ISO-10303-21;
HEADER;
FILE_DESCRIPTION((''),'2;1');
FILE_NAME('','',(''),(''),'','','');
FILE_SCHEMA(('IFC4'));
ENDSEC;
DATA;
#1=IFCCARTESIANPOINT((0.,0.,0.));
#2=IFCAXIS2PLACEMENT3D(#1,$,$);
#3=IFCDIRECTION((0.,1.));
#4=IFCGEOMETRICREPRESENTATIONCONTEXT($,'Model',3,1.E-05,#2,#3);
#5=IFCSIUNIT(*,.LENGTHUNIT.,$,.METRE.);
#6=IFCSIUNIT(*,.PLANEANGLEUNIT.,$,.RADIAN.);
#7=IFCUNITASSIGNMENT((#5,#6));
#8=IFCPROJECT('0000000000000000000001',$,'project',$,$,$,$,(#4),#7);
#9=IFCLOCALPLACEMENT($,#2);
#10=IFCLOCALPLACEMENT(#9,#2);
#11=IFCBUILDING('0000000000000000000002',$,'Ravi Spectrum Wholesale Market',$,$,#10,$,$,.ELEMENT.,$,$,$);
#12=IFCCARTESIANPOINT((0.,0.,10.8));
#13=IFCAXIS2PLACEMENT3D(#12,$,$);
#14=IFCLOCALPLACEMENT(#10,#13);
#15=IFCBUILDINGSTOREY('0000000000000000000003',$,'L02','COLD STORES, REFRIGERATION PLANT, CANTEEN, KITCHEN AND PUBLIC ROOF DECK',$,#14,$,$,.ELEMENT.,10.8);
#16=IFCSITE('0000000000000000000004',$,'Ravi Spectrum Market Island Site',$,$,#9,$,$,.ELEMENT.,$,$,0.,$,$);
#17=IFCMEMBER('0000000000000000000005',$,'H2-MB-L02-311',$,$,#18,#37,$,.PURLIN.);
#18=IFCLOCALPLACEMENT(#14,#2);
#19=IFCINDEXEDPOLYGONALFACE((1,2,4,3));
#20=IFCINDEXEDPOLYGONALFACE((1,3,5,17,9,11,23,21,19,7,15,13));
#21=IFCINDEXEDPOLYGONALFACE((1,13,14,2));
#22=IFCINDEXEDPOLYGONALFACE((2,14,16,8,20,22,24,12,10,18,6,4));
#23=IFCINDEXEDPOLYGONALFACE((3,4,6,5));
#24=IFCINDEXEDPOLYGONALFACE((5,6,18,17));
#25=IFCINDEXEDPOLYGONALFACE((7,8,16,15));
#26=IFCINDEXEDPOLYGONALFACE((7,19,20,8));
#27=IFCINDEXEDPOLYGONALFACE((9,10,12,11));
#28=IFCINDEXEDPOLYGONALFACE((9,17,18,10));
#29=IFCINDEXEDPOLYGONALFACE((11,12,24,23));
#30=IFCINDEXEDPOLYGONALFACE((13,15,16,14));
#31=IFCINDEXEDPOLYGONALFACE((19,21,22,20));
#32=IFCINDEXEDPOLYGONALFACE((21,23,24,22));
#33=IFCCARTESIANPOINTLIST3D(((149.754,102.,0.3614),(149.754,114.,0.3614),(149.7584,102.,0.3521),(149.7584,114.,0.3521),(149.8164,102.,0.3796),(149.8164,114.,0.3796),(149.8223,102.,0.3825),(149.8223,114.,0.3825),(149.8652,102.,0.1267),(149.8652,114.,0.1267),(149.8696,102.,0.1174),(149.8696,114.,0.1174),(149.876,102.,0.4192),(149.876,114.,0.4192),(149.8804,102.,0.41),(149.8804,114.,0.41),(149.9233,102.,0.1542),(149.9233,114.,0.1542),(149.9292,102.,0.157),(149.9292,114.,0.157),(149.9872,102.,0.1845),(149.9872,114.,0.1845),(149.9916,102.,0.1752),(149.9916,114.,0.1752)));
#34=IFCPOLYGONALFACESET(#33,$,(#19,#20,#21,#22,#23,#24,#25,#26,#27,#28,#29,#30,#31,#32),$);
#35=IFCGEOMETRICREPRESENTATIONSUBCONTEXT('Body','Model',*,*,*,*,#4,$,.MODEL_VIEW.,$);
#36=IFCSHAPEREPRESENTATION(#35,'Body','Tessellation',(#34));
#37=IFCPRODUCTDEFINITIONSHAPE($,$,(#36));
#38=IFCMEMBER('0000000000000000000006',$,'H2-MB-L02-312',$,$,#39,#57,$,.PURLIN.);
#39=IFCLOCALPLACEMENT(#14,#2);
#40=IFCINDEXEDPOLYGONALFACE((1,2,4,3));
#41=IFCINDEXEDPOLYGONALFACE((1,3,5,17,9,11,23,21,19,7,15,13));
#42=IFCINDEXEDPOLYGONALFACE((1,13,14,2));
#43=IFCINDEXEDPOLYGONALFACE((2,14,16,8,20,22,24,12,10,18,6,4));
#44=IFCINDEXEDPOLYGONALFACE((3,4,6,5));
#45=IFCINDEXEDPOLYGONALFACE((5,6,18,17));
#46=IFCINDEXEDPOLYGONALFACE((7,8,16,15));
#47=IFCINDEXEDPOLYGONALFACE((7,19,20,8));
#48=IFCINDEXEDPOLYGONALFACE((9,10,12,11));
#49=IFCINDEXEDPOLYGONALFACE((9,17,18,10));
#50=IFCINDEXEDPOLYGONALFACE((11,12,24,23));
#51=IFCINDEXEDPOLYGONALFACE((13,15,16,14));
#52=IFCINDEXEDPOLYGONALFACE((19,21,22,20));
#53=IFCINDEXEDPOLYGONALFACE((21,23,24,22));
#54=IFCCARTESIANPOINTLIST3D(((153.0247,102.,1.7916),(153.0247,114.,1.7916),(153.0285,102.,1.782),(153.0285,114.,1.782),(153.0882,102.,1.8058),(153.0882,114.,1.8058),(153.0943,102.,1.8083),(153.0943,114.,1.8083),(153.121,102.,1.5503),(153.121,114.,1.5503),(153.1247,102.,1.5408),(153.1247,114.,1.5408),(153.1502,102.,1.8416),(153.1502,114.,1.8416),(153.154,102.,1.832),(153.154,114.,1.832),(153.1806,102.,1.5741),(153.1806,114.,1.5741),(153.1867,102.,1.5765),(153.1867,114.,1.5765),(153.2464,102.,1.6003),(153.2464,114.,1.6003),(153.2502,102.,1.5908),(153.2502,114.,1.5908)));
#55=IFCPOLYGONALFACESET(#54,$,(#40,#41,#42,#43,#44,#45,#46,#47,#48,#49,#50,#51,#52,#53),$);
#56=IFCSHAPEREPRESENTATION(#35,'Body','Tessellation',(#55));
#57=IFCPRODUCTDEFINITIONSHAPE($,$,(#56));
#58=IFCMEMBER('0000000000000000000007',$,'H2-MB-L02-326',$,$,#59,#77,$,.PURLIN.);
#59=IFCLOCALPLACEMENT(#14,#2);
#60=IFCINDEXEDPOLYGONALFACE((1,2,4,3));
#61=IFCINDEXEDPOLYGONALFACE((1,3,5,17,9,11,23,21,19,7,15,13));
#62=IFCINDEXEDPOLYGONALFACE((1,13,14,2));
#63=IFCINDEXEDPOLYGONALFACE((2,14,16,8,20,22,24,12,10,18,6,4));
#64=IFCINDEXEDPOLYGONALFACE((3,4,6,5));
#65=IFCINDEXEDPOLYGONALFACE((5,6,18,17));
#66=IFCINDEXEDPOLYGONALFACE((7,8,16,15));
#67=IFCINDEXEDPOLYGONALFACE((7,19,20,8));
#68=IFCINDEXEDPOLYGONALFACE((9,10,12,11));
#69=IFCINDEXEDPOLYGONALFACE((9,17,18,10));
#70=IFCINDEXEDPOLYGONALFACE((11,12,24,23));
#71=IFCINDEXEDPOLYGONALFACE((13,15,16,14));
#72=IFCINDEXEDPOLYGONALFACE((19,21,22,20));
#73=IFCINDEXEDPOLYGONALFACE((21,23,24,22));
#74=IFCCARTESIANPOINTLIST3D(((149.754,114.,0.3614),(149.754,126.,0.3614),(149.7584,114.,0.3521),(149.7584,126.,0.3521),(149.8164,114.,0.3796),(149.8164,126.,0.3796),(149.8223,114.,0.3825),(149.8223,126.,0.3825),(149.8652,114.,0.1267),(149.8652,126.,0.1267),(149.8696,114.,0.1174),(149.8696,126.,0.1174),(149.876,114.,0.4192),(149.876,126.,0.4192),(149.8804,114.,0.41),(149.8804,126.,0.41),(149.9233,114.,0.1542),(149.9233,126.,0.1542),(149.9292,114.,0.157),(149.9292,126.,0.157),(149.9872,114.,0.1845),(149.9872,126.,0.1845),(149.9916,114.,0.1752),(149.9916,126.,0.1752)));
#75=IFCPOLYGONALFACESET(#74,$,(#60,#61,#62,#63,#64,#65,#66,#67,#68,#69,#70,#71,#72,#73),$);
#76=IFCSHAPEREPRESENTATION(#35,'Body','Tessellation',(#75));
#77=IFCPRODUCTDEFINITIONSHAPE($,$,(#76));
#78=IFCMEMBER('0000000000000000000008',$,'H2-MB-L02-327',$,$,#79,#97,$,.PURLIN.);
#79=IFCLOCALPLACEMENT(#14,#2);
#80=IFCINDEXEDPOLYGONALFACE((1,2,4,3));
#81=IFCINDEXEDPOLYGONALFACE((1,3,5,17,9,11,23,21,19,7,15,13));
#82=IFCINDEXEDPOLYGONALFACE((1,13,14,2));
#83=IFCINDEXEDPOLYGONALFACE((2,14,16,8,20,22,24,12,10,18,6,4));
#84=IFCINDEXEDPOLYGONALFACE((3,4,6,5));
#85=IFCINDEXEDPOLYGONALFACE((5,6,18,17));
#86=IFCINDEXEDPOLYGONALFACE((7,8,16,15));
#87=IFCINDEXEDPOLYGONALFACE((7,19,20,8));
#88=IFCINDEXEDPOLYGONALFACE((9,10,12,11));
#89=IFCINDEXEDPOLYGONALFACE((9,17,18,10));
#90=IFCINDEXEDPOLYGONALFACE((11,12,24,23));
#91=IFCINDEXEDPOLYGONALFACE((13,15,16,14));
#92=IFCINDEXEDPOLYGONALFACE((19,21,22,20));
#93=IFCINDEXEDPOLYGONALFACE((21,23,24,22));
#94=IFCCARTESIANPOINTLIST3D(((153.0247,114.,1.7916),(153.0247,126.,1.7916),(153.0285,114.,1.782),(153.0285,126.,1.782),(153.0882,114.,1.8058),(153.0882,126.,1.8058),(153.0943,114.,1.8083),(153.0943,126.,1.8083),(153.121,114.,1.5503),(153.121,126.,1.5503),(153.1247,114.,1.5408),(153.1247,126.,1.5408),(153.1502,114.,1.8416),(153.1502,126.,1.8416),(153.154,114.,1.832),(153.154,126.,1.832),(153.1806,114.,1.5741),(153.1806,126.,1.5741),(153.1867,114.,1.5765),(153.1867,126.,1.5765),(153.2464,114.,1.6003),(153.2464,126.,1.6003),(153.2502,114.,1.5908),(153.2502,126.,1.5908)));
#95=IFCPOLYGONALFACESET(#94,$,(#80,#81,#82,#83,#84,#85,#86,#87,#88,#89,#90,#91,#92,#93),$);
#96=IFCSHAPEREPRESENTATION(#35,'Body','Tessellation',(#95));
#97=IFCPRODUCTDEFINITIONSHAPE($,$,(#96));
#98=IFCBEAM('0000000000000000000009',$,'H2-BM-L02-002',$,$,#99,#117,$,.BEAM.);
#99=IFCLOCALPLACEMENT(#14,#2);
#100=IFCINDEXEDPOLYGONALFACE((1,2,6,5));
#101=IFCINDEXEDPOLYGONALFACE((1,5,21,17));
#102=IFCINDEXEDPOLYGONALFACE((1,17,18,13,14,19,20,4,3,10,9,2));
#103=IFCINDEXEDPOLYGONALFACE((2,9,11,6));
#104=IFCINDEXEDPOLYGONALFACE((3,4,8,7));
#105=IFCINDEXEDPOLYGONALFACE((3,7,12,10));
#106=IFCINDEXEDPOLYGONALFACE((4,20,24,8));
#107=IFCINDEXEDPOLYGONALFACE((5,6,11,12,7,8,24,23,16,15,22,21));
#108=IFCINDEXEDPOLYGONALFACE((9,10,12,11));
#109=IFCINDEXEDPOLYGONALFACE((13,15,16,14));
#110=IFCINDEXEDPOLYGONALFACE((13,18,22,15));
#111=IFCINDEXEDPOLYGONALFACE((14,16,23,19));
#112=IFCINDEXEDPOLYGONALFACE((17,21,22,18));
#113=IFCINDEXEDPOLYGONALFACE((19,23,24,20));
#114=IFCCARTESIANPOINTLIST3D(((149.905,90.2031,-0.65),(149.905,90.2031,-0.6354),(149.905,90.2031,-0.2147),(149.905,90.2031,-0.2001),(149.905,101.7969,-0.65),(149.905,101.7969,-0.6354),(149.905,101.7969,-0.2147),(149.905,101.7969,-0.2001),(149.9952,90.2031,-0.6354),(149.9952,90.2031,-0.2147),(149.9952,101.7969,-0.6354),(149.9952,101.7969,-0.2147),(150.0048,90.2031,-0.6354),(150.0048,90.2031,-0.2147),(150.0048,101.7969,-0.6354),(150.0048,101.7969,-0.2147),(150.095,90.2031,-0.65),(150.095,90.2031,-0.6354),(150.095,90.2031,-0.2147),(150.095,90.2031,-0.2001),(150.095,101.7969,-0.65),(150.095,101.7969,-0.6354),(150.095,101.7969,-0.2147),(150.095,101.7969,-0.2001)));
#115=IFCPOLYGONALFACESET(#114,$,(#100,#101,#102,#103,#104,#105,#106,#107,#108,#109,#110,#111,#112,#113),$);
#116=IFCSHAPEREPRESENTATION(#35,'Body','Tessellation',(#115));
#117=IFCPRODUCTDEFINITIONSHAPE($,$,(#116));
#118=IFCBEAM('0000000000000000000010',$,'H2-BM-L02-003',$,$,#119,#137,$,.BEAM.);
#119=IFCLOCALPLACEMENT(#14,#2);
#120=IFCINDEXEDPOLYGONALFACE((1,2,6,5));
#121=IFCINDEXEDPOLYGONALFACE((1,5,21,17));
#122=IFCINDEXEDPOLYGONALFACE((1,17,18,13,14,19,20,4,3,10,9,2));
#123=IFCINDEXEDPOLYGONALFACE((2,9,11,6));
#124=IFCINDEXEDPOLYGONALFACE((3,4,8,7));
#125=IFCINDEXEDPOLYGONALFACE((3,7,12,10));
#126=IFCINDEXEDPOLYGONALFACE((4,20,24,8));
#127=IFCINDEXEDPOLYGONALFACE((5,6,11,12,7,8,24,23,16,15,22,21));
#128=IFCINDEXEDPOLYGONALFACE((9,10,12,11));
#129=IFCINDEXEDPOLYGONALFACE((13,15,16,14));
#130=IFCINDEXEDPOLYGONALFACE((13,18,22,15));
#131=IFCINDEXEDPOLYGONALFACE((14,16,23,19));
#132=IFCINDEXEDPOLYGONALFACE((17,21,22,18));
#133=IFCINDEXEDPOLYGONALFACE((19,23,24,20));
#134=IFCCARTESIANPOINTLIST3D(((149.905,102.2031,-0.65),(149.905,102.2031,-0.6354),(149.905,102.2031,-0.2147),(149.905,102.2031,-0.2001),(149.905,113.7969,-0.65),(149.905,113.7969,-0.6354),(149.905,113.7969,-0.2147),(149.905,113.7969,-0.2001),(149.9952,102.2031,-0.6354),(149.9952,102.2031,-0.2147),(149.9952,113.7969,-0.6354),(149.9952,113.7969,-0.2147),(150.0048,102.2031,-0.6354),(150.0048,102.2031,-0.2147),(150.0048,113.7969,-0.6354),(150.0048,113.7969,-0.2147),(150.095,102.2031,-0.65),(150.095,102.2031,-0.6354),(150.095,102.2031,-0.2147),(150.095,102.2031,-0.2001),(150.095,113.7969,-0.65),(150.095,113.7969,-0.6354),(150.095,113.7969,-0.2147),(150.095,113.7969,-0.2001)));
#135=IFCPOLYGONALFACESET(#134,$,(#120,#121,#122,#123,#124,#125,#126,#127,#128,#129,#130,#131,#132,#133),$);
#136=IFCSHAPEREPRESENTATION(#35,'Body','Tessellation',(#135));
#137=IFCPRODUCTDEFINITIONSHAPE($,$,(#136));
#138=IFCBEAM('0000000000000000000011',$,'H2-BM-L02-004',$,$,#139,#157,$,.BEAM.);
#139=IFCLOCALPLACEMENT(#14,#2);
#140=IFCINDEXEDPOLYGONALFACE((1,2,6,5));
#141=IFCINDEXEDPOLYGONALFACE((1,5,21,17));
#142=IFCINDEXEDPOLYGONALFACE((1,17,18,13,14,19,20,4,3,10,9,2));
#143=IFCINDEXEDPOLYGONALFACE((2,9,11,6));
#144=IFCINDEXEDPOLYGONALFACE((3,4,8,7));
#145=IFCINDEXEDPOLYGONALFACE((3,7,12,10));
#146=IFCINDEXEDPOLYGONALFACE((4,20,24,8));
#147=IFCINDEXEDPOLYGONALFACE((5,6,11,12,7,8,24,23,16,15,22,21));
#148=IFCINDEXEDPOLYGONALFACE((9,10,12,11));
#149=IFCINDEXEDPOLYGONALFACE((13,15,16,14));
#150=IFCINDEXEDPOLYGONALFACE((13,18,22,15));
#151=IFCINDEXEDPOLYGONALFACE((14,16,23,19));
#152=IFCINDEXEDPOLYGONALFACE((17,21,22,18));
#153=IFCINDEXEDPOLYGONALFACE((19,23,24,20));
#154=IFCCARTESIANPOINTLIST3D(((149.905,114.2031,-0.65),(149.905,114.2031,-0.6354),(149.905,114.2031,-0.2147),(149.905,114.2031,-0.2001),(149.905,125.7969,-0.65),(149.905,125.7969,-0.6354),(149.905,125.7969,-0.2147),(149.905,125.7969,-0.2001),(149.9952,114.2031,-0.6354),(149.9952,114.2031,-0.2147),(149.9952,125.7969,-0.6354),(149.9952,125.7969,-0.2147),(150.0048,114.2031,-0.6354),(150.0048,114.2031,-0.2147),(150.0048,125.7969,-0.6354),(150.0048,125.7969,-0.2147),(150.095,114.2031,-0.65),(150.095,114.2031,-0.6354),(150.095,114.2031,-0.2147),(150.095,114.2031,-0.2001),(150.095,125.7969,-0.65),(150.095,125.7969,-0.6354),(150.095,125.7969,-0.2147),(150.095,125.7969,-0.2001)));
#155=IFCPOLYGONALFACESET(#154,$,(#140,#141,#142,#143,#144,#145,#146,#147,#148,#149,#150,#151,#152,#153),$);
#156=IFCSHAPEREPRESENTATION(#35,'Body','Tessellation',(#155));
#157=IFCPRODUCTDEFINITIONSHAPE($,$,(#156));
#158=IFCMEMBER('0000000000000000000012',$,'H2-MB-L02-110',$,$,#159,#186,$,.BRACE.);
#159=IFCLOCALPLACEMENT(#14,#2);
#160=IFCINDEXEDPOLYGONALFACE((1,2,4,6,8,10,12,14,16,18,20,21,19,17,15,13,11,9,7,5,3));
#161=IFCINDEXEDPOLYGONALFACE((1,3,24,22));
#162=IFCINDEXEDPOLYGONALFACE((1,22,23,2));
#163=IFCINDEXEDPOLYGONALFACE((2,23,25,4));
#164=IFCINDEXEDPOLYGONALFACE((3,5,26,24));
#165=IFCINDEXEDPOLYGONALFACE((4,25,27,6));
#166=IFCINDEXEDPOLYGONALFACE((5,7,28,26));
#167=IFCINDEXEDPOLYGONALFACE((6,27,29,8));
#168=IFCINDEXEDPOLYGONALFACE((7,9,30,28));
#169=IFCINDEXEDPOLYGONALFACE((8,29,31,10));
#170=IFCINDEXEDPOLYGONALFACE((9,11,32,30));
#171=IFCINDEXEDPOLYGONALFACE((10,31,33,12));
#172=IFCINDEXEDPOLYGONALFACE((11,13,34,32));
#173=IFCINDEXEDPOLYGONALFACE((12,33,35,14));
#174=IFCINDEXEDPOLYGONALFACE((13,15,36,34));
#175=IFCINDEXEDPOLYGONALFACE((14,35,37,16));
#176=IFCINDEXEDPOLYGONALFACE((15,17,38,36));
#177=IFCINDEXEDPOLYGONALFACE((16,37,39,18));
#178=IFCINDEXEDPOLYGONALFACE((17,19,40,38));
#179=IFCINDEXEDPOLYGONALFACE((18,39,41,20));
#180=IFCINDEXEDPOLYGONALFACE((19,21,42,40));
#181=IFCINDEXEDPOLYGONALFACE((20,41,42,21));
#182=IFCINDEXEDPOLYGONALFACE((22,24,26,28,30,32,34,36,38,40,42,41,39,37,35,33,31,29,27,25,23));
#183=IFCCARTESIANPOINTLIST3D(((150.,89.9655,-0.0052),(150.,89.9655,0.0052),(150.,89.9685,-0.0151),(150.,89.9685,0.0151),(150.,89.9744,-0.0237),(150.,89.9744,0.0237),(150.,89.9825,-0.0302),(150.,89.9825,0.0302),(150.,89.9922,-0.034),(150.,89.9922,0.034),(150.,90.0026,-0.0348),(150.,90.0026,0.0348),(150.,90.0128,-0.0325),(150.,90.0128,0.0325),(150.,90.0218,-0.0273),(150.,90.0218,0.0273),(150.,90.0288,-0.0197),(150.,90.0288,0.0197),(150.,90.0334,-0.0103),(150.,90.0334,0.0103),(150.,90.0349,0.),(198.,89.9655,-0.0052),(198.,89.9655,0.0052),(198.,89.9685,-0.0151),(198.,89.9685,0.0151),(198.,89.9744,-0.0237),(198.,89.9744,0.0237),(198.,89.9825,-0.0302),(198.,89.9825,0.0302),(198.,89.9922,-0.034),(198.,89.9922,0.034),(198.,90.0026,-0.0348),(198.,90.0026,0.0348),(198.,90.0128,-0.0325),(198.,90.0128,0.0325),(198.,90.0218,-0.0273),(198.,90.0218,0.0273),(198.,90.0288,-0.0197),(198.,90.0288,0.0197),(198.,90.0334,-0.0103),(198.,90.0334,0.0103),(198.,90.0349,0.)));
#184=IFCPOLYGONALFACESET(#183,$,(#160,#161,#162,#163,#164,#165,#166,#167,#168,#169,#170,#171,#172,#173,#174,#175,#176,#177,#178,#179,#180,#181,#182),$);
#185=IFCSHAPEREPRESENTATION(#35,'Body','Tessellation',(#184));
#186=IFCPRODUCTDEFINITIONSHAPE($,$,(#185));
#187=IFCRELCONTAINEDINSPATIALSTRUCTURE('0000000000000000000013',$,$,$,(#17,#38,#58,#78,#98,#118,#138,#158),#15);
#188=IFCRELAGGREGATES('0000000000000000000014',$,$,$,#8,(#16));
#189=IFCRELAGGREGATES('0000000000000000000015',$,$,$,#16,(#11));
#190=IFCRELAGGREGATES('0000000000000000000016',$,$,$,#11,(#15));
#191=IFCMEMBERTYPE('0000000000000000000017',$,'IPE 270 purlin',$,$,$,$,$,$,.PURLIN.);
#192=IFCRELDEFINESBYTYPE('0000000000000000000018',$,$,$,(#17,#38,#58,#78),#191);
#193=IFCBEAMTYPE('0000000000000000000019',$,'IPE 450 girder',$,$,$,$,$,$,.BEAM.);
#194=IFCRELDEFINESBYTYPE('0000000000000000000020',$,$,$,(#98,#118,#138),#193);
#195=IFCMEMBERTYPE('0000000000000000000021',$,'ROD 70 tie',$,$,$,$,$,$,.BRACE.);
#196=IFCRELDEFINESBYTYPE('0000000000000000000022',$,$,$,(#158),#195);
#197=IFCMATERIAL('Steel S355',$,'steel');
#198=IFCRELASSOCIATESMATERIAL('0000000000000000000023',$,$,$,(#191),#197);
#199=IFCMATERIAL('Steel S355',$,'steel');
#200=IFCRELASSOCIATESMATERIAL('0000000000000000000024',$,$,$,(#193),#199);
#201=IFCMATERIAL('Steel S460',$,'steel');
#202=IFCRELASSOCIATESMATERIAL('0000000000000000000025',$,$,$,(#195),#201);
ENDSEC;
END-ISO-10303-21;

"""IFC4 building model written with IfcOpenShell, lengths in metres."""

from ifc_helpers import new_model, si_unit, direction, frame, origin, origin_2d, place, context, subcontext, project, spatial, circle, i_section, extrude, material, material_profile, profile_set, type_object, element, save


model = new_model("IFC4")

# Units and contexts
model_context = context("Model", 3, precision=1e-05, world=origin(), true_north=direction((0.0, 1.0)))
body_context = subcontext(model_context, "Body", "Model", "MODEL_VIEW")
ifc_project = project(units=[si_unit("LENGTHUNIT", "METRE"), si_unit("PLANEANGLEUNIT", "RADIAN")], contexts=[model_context])

# Site, building, storey
site_placement = place(None, origin())
site = spatial("IfcSite", under=ifc_project, at=site_placement, Name="Ravi Spectrum Market Island Site", CompositionType="ELEMENT", RefElevation=0.0)
building_placement = place(site_placement, origin())
building = spatial("IfcBuilding", under=site, at=building_placement, Name="Ravi Spectrum Wholesale Market", CompositionType="ELEMENT")
storey_placement = place(building_placement, frame((0.0, 0.0, 10.8)))
storey = spatial("IfcBuildingStorey", under=building, at=storey_placement, Name="L02", Description="COLD STORES, REFRIGERATION PLANT, CANTEEN, KITCHEN AND PUBLIC ROOF DECK", CompositionType="ELEMENT", Elevation=10.8)

# Members
ifc_material_1 = material(Name="Steel S355", Category="steel")
ifc_material_profile_1 = material_profile(ifc_material_1, i_section(OverallWidth=0.135, OverallDepth=0.27, WebThickness=0.0066, FlangeThickness=0.0103, at=origin_2d()))
ifc_profile_set_1 = profile_set([ifc_material_profile_1], Name="Steel S355")
member_type_1 = type_object("IfcMemberType", Name="IPE 270 purlin", PredefinedType="PURLIN", material=ifc_profile_set_1)
for number, where, z_axis, x_axis, name in (
    (1, (149.8728, 102.0, 0.2683), (0.0, 1.0, 0.0), (-0.903629, 0.0, -0.428316), "H2-MB-L02-311"),
    (2, (153.1375, 102.0, 1.6912), (0.0, 1.0, 0.0), (-0.928888, 0.0, -0.37036), "H2-MB-L02-312"),
    (3, (149.8728, 114.0, 0.2683), (0.0, 1.0, 0.0), (-0.903629, 0.0, -0.428316), "H2-MB-L02-326"),
    (4, (153.1375, 114.0, 1.6912), (0.0, 1.0, 0.0), (-0.928888, 0.0, -0.37036), "H2-MB-L02-327"),
):
    element("IfcMember", number, at=place(storey_placement, frame(where, z_axis=z_axis, x_axis=x_axis)), inside=storey, type_object=member_type_1, Name=name, PredefinedType="PURLIN", context=body_context, shape_type="SweptSolid", body=[
        extrude(i_section(OverallWidth=0.135, OverallDepth=0.27, WebThickness=0.0066, FlangeThickness=0.0103, at=origin_2d()), origin(), (0.0, 0.0, 1.0), 12.0),
    ])

# Beams
ifc_material_2 = material(Name="Steel S355", Category="steel")
ifc_material_profile_2 = material_profile(ifc_material_2, i_section(OverallWidth=0.1899, OverallDepth=0.45, WebThickness=0.0095, FlangeThickness=0.0146, at=origin_2d()))
ifc_profile_set_2 = profile_set([ifc_material_profile_2], Name="Steel S355")
beam_type = type_object("IfcBeamType", Name="IPE 450 girder", PredefinedType="BEAM", material=ifc_profile_set_2)
for number, where, z_axis, x_axis, name in (
    (5, (150.0, 90.2031, -0.425), (0.0, 1.0, 0.0), (-1.0, 0.0, 0.0), "H2-BM-L02-002"),
    (6, (150.0, 102.2031, -0.425), (0.0, 1.0, 0.0), (-1.0, 0.0, 0.0), "H2-BM-L02-003"),
    (7, (150.0, 114.2031, -0.425), (0.0, 1.0, 0.0), (-1.0, 0.0, 0.0), "H2-BM-L02-004"),
):
    element("IfcBeam", number, at=place(storey_placement, frame(where, z_axis=z_axis, x_axis=x_axis)), inside=storey, type_object=beam_type, Name=name, PredefinedType="BEAM", context=body_context, shape_type="SweptSolid", body=[
        extrude(i_section(OverallWidth=0.1899, OverallDepth=0.45, WebThickness=0.0095, FlangeThickness=0.0146, at=origin_2d()), origin(), (0.0, 0.0, 1.0), 11.5938),
    ])

# Member
ifc_material_3 = material(Name="Steel S460", Category="steel")
ifc_material_profile_3 = material_profile(ifc_material_3, circle(Radius=0.0349, at=origin_2d()))
ifc_profile_set_3 = profile_set([ifc_material_profile_3], Name="Steel S460")
member_type_2 = type_object("IfcMemberType", Name="ROD 70 tie", PredefinedType="BRACE", material=ifc_profile_set_3)
for number, where, z_axis, x_axis, name in (
    (8, (150.0, 90.0, 0.0), (1.0, 0.0, 0.0), (0.0, 1.0, 0.0), "H2-MB-L02-110"),
):
    element("IfcMember", number, at=place(storey_placement, frame(where, z_axis=z_axis, x_axis=x_axis)), inside=storey, type_object=member_type_2, Name=name, PredefinedType="BRACE", context=body_context, shape_type="SweptSolid", body=[
        extrude(circle(Radius=0.0349, at=origin_2d()), origin(), (0.0, 0.0, 1.0), 48.0),
    ])

save(model, "model.ifc")
